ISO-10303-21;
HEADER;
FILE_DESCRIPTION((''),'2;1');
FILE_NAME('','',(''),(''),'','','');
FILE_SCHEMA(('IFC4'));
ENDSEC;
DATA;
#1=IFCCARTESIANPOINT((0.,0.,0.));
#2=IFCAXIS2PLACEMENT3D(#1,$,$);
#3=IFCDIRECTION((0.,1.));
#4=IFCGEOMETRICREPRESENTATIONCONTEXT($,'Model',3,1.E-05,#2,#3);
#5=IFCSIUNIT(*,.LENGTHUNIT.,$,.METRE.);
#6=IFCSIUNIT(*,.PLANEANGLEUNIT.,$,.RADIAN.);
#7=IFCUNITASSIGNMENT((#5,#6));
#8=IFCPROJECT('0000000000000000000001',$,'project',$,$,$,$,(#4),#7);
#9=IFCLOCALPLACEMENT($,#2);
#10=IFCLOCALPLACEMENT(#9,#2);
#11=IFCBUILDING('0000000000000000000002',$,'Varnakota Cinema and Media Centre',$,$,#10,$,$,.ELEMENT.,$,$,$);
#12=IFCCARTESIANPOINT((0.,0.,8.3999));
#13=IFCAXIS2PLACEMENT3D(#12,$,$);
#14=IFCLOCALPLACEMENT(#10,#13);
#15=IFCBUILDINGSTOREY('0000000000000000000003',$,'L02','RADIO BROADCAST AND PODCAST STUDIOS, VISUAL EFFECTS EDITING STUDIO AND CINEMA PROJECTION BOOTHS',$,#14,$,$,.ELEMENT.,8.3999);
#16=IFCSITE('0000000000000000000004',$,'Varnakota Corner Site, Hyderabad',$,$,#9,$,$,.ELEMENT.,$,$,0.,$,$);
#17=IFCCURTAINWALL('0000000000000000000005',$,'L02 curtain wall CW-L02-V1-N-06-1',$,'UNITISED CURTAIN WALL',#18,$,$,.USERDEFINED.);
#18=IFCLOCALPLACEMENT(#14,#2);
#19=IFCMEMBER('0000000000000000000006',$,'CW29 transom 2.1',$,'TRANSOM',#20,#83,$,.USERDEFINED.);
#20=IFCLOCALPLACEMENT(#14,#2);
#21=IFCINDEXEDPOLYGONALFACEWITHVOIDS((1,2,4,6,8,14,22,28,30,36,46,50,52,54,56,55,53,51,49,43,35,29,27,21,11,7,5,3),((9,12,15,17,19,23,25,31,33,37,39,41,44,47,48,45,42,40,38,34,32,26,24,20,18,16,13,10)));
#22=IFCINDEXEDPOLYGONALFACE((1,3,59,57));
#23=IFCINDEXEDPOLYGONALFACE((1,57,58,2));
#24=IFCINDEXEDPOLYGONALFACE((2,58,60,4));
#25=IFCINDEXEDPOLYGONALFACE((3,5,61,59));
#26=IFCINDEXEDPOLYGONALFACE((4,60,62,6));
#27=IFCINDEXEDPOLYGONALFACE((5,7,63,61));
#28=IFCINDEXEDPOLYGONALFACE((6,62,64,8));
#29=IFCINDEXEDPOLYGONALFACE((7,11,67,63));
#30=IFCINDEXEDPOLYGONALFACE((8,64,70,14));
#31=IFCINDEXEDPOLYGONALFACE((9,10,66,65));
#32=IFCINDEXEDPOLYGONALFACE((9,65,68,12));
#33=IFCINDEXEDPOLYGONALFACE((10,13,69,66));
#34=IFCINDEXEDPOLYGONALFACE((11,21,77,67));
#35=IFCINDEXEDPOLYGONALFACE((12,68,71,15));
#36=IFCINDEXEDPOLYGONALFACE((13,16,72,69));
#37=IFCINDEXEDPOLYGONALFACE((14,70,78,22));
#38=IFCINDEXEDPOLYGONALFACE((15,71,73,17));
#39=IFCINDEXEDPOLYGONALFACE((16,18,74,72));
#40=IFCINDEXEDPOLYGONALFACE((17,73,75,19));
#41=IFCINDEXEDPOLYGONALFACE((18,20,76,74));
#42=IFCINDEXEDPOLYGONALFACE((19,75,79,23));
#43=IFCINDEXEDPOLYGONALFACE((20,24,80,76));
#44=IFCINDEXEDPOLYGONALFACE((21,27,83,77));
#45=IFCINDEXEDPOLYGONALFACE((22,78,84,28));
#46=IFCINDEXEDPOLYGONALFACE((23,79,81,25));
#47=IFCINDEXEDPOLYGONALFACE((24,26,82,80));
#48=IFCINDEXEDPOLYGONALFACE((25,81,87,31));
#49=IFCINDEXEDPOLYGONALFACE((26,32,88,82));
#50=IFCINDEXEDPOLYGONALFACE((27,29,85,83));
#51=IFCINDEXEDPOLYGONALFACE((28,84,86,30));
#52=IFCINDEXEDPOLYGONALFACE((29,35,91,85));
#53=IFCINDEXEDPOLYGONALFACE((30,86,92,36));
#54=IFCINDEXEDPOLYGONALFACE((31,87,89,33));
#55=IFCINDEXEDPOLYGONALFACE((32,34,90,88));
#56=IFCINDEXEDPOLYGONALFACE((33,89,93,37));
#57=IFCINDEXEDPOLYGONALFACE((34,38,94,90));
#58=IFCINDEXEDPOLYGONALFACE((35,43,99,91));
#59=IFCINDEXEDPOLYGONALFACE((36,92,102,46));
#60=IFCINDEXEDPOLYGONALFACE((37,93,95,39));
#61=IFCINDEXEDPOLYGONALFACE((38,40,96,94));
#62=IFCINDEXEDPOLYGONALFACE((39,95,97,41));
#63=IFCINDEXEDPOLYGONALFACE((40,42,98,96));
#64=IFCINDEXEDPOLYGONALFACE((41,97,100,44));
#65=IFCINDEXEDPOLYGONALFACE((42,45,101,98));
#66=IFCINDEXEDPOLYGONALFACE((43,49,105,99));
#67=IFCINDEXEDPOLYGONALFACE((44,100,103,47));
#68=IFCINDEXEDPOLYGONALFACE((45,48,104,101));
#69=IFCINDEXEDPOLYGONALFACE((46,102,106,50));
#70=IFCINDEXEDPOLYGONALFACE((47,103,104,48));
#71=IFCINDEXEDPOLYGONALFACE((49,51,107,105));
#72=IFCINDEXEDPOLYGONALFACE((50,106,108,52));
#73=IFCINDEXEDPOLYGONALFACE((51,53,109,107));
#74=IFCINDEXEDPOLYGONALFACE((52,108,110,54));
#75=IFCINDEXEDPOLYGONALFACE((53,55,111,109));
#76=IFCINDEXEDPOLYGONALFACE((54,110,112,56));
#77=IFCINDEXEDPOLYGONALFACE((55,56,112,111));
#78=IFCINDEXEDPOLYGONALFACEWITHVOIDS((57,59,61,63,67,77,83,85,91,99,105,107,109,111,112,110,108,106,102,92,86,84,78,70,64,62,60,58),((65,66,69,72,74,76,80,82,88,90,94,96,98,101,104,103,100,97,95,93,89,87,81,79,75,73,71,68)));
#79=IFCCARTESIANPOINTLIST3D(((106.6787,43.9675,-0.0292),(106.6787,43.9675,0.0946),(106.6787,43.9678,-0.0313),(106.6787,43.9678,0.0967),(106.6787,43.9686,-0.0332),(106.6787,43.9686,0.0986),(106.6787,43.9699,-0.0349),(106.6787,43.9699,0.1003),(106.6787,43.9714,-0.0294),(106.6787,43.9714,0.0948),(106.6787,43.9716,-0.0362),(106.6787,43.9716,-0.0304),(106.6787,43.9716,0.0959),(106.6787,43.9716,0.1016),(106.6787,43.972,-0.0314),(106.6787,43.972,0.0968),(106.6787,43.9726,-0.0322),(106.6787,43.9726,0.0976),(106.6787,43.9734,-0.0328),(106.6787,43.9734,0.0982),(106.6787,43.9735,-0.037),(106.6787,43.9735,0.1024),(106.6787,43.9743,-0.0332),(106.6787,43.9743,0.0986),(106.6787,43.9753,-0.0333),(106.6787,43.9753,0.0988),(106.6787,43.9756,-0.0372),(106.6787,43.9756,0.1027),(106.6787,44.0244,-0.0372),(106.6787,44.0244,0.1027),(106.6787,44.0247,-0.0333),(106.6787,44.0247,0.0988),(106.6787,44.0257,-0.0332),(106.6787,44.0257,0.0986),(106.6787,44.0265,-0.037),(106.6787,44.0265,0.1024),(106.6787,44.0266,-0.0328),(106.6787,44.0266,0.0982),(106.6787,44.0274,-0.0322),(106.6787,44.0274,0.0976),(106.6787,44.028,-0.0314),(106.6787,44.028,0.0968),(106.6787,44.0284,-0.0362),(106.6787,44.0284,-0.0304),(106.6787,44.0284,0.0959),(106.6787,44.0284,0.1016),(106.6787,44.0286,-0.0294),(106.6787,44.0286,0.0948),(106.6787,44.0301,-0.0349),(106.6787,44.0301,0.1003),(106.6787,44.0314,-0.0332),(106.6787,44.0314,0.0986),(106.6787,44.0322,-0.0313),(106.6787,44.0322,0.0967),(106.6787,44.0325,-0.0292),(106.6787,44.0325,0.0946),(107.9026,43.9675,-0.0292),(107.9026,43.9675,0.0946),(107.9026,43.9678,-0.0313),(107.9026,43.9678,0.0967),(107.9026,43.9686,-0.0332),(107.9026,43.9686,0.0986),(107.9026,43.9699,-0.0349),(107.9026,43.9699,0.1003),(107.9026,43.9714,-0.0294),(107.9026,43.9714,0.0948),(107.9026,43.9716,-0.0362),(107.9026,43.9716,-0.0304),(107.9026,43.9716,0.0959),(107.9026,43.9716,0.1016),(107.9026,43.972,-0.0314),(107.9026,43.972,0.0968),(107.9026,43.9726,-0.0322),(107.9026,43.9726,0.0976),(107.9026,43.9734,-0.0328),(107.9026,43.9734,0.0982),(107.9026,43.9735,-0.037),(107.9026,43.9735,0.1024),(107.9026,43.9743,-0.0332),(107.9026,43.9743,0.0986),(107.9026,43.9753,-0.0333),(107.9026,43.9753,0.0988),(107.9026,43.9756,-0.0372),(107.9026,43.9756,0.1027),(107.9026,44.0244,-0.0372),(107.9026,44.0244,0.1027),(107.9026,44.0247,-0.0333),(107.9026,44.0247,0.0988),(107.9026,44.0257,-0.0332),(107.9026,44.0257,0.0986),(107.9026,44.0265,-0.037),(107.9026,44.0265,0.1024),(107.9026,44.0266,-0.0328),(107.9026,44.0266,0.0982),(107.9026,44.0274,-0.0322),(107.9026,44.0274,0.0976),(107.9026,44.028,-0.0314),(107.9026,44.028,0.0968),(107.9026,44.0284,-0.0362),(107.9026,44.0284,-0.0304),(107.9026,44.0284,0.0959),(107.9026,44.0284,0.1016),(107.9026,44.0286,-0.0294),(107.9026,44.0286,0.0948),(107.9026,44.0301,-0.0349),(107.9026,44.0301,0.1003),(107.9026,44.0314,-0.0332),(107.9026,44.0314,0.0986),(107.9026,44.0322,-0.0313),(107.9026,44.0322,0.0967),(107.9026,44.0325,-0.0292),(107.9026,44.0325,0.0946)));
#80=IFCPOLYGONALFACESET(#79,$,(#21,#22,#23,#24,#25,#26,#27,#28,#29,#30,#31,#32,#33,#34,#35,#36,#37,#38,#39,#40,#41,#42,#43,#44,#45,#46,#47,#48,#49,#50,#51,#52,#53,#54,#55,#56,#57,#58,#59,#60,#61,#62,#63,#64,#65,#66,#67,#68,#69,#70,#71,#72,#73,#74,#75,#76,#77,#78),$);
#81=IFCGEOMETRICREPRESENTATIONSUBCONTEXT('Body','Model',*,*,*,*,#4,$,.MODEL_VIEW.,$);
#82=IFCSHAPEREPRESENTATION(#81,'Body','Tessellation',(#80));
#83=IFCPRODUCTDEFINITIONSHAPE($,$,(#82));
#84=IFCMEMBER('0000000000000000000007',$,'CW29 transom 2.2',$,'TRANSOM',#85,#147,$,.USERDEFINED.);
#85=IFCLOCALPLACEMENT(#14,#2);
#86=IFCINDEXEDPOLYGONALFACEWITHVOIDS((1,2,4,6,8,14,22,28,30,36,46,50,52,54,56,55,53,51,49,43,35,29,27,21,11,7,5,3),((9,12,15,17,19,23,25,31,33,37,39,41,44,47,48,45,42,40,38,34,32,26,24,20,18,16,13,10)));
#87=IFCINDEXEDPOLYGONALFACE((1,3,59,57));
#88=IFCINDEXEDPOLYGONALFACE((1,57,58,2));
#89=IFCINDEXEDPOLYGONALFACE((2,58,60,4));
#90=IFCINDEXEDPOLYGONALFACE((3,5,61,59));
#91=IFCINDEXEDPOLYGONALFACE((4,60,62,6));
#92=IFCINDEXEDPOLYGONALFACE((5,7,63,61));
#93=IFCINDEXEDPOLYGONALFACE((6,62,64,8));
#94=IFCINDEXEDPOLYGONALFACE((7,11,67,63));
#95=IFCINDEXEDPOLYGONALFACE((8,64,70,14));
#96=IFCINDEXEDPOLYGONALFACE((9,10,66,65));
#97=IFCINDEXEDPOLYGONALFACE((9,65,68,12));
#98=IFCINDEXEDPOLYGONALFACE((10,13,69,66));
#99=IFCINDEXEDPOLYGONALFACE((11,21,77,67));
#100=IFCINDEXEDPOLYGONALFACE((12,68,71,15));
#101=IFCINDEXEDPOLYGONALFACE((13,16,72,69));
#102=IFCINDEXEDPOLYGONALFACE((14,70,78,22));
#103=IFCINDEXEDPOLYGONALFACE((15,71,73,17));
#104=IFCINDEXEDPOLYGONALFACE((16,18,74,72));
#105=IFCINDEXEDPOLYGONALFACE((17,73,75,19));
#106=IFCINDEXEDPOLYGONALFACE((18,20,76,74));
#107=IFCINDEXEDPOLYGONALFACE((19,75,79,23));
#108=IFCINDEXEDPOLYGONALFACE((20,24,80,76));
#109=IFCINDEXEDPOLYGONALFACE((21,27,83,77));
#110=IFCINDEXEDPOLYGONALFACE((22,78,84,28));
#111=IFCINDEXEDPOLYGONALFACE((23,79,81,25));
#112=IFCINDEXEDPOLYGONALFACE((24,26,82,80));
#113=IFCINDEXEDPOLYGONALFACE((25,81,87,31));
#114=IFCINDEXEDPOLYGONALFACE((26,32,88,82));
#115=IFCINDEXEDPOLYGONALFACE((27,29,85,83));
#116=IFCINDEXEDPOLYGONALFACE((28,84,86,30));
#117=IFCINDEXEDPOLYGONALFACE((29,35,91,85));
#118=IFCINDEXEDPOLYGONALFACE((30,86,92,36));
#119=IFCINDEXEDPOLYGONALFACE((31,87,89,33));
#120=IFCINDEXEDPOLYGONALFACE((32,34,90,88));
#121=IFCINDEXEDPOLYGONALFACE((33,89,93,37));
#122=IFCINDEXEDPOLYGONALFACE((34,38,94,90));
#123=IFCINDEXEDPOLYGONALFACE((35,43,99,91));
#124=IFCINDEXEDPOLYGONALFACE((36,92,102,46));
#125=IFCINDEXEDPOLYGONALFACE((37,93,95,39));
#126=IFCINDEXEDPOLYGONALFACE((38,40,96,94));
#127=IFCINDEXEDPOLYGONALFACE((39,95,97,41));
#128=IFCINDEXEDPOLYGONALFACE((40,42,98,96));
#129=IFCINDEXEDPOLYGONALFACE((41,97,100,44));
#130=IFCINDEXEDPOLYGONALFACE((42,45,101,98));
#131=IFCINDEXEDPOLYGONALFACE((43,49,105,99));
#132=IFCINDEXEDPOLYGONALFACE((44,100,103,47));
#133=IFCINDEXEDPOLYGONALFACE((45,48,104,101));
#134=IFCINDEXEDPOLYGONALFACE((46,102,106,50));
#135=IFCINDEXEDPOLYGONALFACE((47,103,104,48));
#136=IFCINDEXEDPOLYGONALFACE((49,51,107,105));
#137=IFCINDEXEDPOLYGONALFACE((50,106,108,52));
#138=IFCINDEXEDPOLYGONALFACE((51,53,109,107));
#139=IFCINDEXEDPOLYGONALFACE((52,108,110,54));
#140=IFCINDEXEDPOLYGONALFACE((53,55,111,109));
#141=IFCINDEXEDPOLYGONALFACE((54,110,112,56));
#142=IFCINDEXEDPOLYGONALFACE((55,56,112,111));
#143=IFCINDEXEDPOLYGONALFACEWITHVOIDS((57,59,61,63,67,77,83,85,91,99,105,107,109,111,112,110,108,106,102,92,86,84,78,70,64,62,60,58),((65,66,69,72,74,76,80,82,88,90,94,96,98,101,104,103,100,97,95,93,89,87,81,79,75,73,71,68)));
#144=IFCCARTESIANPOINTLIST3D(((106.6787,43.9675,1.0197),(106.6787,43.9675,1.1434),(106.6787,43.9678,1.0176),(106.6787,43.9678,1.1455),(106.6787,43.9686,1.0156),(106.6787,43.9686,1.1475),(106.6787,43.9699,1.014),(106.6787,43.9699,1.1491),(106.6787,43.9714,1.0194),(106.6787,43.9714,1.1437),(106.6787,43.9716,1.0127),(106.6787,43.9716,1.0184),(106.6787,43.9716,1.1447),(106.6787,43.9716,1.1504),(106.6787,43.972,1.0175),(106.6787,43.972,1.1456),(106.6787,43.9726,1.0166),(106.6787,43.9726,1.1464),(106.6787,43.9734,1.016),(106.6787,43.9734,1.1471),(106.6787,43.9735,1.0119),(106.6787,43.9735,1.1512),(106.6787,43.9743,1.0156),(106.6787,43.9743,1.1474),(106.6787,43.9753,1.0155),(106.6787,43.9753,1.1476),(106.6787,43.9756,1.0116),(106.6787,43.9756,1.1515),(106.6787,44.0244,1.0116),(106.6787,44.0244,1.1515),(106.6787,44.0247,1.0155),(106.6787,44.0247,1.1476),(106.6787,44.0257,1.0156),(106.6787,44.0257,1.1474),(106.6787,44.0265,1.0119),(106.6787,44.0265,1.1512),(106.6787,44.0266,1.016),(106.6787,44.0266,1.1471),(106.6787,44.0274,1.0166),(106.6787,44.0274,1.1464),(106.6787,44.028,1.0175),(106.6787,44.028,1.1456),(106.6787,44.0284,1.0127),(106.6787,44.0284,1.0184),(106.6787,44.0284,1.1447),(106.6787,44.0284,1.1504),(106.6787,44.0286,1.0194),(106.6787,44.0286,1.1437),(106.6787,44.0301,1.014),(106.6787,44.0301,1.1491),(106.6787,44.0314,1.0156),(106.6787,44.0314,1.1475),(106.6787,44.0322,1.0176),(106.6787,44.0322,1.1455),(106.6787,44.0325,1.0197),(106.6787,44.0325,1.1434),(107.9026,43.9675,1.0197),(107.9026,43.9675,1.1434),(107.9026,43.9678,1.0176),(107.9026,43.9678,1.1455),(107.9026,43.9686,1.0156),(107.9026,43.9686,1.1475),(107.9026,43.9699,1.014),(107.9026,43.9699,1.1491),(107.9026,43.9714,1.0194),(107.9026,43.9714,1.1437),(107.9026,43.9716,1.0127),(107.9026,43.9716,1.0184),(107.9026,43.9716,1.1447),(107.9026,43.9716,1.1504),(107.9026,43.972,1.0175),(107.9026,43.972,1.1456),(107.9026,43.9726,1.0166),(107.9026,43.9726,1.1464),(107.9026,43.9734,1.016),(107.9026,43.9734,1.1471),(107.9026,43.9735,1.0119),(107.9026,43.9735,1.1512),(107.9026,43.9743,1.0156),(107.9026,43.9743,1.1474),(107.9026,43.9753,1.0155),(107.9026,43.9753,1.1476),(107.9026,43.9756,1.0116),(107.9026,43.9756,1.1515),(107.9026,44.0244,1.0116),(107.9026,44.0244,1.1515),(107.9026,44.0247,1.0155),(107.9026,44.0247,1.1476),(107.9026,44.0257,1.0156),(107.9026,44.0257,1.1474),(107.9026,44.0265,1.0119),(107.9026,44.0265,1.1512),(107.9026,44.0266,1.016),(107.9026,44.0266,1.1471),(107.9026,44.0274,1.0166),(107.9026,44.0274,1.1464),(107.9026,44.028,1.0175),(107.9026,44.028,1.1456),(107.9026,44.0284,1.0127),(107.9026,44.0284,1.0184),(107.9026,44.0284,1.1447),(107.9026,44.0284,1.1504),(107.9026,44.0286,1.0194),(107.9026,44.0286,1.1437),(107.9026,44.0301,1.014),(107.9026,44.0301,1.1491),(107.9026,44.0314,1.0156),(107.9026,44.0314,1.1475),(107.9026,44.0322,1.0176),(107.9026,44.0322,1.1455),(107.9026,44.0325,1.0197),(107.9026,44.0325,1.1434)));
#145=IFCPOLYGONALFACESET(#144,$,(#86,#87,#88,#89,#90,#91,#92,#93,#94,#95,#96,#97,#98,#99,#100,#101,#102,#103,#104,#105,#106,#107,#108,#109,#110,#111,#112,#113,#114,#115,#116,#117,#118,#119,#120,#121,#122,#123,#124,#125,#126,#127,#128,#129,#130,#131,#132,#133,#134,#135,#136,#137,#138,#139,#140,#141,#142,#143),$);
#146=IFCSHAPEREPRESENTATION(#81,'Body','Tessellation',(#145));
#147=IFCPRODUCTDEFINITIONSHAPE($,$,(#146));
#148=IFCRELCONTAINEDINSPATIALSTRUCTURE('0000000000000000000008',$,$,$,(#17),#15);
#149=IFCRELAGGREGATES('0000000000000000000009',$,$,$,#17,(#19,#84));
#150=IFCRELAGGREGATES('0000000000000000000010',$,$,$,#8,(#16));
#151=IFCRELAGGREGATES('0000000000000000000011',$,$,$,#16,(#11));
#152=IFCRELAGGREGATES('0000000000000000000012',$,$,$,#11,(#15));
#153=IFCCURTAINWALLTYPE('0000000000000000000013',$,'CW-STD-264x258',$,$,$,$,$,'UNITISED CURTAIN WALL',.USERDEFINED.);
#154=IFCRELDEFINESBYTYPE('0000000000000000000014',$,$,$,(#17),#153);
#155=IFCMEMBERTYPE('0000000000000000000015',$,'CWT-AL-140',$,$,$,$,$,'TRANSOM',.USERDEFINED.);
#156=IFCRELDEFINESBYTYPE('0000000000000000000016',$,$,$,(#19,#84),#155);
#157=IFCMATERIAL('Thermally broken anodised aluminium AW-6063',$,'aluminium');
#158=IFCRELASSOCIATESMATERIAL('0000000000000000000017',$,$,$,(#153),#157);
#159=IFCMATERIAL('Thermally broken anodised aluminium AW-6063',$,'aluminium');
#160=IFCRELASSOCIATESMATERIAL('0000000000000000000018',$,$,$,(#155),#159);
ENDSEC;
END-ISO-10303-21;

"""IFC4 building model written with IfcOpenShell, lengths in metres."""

from ifc_helpers import new_model, si_unit, direction, frame, origin, origin_2d, place, context, subcontext, project, spatial, hollow_rectangle, extrude, material, material_profile, profile_set, type_object, element, aggregate, save


model = new_model("IFC4")

# Units and contexts
model_context = context("Model", 3, precision=1e-05, world=origin(), true_north=direction((0.0, 1.0)))
body_context = subcontext(model_context, "Body", "Model", "MODEL_VIEW")
ifc_project = project(units=[si_unit("LENGTHUNIT", "METRE"), si_unit("PLANEANGLEUNIT", "RADIAN")], contexts=[model_context])

# Site, building, storey
site_placement = place(None, origin())
site = spatial("IfcSite", under=ifc_project, at=site_placement, Name="Varnakota Corner Site, Hyderabad", CompositionType="ELEMENT", RefElevation=0.0)
building_placement = place(site_placement, origin())
building = spatial("IfcBuilding", under=site, at=building_placement, Name="Varnakota Cinema and Media Centre", CompositionType="ELEMENT")
storey_placement = place(building_placement, frame((0.0, 0.0, 8.3999)))
storey = spatial("IfcBuildingStorey", under=building, at=storey_placement, Name="L02", Description="RADIO BROADCAST AND PODCAST STUDIOS, VISUAL EFFECTS EDITING STUDIO AND CINEMA PROJECTION BOOTHS", CompositionType="ELEMENT", Elevation=8.3999)

# Curtain wall
ifc_material_1 = material(Name="Thermally broken anodised aluminium AW-6063", Category="aluminium")
curtain_wall_type = type_object("IfcCurtainWallType", Name="CW-STD-264x258", ElementType="UNITISED CURTAIN WALL", PredefinedType="USERDEFINED", material=ifc_material_1)
curtain_wall_1_placement = place(storey_placement, origin())
curtain_wall_1 = element("IfcCurtainWall", 1, at=curtain_wall_1_placement, inside=storey, type_object=curtain_wall_type, Name="L02 curtain wall CW-L02-V1-N-06-1", ObjectType="UNITISED CURTAIN WALL", PredefinedType="USERDEFINED")

# Members
ifc_material_2 = material(Name="Thermally broken anodised aluminium AW-6063", Category="aluminium")
ifc_material_profile_1 = material_profile(ifc_material_2, hollow_rectangle(XDim=0.0649, YDim=0.1399, WallThickness=0.0039, InnerFilletRadius=0.0039, OuterFilletRadius=0.0081, at=origin_2d()), Name="AL-TRANSOM 140x65x4")
ifc_profile_set_1 = profile_set([ifc_material_profile_1], Name="Thermally broken anodised aluminium AW-6063")
member_type_1 = type_object("IfcMemberType", Name="CWT-AL-140", ElementType="TRANSOM", PredefinedType="USERDEFINED", material=ifc_profile_set_1)
member_1_placement = place(storey_placement, frame((106.6787, 44.0, 0.0327), z_axis=(1.0, 0.0, 0.0), x_axis=(0.0, 1.0, 0.0)))
member_1 = element("IfcMember", 2, at=member_1_placement, type_object=member_type_1, Name="CW29 transom 2.1", ObjectType="TRANSOM", PredefinedType="USERDEFINED", context=body_context, shape_type="SweptSolid", body=[
    extrude(hollow_rectangle(XDim=0.0649, YDim=0.1399, WallThickness=0.0039, InnerFilletRadius=0.0039, OuterFilletRadius=0.0081, at=origin_2d()), origin(), (0.0, 0.0, 1.0), 1.2239),
])
member_2_placement = place(storey_placement, frame((106.6787, 44.0, 1.0815), z_axis=(1.0, 0.0, 0.0), x_axis=(0.0, 1.0, 0.0)))
member_2 = element("IfcMember", 3, at=member_2_placement, type_object=member_type_1, Name="CW29 transom 2.2", ObjectType="TRANSOM", PredefinedType="USERDEFINED", context=body_context, shape_type="SweptSolid", body=[
    extrude(hollow_rectangle(XDim=0.0649, YDim=0.1399, WallThickness=0.0039, InnerFilletRadius=0.0039, OuterFilletRadius=0.0081, at=origin_2d()), origin(), (0.0, 0.0, 1.0), 1.2239),
])

aggregate(curtain_wall_1, [member_1, member_2])

save(model, "model.ifc")
